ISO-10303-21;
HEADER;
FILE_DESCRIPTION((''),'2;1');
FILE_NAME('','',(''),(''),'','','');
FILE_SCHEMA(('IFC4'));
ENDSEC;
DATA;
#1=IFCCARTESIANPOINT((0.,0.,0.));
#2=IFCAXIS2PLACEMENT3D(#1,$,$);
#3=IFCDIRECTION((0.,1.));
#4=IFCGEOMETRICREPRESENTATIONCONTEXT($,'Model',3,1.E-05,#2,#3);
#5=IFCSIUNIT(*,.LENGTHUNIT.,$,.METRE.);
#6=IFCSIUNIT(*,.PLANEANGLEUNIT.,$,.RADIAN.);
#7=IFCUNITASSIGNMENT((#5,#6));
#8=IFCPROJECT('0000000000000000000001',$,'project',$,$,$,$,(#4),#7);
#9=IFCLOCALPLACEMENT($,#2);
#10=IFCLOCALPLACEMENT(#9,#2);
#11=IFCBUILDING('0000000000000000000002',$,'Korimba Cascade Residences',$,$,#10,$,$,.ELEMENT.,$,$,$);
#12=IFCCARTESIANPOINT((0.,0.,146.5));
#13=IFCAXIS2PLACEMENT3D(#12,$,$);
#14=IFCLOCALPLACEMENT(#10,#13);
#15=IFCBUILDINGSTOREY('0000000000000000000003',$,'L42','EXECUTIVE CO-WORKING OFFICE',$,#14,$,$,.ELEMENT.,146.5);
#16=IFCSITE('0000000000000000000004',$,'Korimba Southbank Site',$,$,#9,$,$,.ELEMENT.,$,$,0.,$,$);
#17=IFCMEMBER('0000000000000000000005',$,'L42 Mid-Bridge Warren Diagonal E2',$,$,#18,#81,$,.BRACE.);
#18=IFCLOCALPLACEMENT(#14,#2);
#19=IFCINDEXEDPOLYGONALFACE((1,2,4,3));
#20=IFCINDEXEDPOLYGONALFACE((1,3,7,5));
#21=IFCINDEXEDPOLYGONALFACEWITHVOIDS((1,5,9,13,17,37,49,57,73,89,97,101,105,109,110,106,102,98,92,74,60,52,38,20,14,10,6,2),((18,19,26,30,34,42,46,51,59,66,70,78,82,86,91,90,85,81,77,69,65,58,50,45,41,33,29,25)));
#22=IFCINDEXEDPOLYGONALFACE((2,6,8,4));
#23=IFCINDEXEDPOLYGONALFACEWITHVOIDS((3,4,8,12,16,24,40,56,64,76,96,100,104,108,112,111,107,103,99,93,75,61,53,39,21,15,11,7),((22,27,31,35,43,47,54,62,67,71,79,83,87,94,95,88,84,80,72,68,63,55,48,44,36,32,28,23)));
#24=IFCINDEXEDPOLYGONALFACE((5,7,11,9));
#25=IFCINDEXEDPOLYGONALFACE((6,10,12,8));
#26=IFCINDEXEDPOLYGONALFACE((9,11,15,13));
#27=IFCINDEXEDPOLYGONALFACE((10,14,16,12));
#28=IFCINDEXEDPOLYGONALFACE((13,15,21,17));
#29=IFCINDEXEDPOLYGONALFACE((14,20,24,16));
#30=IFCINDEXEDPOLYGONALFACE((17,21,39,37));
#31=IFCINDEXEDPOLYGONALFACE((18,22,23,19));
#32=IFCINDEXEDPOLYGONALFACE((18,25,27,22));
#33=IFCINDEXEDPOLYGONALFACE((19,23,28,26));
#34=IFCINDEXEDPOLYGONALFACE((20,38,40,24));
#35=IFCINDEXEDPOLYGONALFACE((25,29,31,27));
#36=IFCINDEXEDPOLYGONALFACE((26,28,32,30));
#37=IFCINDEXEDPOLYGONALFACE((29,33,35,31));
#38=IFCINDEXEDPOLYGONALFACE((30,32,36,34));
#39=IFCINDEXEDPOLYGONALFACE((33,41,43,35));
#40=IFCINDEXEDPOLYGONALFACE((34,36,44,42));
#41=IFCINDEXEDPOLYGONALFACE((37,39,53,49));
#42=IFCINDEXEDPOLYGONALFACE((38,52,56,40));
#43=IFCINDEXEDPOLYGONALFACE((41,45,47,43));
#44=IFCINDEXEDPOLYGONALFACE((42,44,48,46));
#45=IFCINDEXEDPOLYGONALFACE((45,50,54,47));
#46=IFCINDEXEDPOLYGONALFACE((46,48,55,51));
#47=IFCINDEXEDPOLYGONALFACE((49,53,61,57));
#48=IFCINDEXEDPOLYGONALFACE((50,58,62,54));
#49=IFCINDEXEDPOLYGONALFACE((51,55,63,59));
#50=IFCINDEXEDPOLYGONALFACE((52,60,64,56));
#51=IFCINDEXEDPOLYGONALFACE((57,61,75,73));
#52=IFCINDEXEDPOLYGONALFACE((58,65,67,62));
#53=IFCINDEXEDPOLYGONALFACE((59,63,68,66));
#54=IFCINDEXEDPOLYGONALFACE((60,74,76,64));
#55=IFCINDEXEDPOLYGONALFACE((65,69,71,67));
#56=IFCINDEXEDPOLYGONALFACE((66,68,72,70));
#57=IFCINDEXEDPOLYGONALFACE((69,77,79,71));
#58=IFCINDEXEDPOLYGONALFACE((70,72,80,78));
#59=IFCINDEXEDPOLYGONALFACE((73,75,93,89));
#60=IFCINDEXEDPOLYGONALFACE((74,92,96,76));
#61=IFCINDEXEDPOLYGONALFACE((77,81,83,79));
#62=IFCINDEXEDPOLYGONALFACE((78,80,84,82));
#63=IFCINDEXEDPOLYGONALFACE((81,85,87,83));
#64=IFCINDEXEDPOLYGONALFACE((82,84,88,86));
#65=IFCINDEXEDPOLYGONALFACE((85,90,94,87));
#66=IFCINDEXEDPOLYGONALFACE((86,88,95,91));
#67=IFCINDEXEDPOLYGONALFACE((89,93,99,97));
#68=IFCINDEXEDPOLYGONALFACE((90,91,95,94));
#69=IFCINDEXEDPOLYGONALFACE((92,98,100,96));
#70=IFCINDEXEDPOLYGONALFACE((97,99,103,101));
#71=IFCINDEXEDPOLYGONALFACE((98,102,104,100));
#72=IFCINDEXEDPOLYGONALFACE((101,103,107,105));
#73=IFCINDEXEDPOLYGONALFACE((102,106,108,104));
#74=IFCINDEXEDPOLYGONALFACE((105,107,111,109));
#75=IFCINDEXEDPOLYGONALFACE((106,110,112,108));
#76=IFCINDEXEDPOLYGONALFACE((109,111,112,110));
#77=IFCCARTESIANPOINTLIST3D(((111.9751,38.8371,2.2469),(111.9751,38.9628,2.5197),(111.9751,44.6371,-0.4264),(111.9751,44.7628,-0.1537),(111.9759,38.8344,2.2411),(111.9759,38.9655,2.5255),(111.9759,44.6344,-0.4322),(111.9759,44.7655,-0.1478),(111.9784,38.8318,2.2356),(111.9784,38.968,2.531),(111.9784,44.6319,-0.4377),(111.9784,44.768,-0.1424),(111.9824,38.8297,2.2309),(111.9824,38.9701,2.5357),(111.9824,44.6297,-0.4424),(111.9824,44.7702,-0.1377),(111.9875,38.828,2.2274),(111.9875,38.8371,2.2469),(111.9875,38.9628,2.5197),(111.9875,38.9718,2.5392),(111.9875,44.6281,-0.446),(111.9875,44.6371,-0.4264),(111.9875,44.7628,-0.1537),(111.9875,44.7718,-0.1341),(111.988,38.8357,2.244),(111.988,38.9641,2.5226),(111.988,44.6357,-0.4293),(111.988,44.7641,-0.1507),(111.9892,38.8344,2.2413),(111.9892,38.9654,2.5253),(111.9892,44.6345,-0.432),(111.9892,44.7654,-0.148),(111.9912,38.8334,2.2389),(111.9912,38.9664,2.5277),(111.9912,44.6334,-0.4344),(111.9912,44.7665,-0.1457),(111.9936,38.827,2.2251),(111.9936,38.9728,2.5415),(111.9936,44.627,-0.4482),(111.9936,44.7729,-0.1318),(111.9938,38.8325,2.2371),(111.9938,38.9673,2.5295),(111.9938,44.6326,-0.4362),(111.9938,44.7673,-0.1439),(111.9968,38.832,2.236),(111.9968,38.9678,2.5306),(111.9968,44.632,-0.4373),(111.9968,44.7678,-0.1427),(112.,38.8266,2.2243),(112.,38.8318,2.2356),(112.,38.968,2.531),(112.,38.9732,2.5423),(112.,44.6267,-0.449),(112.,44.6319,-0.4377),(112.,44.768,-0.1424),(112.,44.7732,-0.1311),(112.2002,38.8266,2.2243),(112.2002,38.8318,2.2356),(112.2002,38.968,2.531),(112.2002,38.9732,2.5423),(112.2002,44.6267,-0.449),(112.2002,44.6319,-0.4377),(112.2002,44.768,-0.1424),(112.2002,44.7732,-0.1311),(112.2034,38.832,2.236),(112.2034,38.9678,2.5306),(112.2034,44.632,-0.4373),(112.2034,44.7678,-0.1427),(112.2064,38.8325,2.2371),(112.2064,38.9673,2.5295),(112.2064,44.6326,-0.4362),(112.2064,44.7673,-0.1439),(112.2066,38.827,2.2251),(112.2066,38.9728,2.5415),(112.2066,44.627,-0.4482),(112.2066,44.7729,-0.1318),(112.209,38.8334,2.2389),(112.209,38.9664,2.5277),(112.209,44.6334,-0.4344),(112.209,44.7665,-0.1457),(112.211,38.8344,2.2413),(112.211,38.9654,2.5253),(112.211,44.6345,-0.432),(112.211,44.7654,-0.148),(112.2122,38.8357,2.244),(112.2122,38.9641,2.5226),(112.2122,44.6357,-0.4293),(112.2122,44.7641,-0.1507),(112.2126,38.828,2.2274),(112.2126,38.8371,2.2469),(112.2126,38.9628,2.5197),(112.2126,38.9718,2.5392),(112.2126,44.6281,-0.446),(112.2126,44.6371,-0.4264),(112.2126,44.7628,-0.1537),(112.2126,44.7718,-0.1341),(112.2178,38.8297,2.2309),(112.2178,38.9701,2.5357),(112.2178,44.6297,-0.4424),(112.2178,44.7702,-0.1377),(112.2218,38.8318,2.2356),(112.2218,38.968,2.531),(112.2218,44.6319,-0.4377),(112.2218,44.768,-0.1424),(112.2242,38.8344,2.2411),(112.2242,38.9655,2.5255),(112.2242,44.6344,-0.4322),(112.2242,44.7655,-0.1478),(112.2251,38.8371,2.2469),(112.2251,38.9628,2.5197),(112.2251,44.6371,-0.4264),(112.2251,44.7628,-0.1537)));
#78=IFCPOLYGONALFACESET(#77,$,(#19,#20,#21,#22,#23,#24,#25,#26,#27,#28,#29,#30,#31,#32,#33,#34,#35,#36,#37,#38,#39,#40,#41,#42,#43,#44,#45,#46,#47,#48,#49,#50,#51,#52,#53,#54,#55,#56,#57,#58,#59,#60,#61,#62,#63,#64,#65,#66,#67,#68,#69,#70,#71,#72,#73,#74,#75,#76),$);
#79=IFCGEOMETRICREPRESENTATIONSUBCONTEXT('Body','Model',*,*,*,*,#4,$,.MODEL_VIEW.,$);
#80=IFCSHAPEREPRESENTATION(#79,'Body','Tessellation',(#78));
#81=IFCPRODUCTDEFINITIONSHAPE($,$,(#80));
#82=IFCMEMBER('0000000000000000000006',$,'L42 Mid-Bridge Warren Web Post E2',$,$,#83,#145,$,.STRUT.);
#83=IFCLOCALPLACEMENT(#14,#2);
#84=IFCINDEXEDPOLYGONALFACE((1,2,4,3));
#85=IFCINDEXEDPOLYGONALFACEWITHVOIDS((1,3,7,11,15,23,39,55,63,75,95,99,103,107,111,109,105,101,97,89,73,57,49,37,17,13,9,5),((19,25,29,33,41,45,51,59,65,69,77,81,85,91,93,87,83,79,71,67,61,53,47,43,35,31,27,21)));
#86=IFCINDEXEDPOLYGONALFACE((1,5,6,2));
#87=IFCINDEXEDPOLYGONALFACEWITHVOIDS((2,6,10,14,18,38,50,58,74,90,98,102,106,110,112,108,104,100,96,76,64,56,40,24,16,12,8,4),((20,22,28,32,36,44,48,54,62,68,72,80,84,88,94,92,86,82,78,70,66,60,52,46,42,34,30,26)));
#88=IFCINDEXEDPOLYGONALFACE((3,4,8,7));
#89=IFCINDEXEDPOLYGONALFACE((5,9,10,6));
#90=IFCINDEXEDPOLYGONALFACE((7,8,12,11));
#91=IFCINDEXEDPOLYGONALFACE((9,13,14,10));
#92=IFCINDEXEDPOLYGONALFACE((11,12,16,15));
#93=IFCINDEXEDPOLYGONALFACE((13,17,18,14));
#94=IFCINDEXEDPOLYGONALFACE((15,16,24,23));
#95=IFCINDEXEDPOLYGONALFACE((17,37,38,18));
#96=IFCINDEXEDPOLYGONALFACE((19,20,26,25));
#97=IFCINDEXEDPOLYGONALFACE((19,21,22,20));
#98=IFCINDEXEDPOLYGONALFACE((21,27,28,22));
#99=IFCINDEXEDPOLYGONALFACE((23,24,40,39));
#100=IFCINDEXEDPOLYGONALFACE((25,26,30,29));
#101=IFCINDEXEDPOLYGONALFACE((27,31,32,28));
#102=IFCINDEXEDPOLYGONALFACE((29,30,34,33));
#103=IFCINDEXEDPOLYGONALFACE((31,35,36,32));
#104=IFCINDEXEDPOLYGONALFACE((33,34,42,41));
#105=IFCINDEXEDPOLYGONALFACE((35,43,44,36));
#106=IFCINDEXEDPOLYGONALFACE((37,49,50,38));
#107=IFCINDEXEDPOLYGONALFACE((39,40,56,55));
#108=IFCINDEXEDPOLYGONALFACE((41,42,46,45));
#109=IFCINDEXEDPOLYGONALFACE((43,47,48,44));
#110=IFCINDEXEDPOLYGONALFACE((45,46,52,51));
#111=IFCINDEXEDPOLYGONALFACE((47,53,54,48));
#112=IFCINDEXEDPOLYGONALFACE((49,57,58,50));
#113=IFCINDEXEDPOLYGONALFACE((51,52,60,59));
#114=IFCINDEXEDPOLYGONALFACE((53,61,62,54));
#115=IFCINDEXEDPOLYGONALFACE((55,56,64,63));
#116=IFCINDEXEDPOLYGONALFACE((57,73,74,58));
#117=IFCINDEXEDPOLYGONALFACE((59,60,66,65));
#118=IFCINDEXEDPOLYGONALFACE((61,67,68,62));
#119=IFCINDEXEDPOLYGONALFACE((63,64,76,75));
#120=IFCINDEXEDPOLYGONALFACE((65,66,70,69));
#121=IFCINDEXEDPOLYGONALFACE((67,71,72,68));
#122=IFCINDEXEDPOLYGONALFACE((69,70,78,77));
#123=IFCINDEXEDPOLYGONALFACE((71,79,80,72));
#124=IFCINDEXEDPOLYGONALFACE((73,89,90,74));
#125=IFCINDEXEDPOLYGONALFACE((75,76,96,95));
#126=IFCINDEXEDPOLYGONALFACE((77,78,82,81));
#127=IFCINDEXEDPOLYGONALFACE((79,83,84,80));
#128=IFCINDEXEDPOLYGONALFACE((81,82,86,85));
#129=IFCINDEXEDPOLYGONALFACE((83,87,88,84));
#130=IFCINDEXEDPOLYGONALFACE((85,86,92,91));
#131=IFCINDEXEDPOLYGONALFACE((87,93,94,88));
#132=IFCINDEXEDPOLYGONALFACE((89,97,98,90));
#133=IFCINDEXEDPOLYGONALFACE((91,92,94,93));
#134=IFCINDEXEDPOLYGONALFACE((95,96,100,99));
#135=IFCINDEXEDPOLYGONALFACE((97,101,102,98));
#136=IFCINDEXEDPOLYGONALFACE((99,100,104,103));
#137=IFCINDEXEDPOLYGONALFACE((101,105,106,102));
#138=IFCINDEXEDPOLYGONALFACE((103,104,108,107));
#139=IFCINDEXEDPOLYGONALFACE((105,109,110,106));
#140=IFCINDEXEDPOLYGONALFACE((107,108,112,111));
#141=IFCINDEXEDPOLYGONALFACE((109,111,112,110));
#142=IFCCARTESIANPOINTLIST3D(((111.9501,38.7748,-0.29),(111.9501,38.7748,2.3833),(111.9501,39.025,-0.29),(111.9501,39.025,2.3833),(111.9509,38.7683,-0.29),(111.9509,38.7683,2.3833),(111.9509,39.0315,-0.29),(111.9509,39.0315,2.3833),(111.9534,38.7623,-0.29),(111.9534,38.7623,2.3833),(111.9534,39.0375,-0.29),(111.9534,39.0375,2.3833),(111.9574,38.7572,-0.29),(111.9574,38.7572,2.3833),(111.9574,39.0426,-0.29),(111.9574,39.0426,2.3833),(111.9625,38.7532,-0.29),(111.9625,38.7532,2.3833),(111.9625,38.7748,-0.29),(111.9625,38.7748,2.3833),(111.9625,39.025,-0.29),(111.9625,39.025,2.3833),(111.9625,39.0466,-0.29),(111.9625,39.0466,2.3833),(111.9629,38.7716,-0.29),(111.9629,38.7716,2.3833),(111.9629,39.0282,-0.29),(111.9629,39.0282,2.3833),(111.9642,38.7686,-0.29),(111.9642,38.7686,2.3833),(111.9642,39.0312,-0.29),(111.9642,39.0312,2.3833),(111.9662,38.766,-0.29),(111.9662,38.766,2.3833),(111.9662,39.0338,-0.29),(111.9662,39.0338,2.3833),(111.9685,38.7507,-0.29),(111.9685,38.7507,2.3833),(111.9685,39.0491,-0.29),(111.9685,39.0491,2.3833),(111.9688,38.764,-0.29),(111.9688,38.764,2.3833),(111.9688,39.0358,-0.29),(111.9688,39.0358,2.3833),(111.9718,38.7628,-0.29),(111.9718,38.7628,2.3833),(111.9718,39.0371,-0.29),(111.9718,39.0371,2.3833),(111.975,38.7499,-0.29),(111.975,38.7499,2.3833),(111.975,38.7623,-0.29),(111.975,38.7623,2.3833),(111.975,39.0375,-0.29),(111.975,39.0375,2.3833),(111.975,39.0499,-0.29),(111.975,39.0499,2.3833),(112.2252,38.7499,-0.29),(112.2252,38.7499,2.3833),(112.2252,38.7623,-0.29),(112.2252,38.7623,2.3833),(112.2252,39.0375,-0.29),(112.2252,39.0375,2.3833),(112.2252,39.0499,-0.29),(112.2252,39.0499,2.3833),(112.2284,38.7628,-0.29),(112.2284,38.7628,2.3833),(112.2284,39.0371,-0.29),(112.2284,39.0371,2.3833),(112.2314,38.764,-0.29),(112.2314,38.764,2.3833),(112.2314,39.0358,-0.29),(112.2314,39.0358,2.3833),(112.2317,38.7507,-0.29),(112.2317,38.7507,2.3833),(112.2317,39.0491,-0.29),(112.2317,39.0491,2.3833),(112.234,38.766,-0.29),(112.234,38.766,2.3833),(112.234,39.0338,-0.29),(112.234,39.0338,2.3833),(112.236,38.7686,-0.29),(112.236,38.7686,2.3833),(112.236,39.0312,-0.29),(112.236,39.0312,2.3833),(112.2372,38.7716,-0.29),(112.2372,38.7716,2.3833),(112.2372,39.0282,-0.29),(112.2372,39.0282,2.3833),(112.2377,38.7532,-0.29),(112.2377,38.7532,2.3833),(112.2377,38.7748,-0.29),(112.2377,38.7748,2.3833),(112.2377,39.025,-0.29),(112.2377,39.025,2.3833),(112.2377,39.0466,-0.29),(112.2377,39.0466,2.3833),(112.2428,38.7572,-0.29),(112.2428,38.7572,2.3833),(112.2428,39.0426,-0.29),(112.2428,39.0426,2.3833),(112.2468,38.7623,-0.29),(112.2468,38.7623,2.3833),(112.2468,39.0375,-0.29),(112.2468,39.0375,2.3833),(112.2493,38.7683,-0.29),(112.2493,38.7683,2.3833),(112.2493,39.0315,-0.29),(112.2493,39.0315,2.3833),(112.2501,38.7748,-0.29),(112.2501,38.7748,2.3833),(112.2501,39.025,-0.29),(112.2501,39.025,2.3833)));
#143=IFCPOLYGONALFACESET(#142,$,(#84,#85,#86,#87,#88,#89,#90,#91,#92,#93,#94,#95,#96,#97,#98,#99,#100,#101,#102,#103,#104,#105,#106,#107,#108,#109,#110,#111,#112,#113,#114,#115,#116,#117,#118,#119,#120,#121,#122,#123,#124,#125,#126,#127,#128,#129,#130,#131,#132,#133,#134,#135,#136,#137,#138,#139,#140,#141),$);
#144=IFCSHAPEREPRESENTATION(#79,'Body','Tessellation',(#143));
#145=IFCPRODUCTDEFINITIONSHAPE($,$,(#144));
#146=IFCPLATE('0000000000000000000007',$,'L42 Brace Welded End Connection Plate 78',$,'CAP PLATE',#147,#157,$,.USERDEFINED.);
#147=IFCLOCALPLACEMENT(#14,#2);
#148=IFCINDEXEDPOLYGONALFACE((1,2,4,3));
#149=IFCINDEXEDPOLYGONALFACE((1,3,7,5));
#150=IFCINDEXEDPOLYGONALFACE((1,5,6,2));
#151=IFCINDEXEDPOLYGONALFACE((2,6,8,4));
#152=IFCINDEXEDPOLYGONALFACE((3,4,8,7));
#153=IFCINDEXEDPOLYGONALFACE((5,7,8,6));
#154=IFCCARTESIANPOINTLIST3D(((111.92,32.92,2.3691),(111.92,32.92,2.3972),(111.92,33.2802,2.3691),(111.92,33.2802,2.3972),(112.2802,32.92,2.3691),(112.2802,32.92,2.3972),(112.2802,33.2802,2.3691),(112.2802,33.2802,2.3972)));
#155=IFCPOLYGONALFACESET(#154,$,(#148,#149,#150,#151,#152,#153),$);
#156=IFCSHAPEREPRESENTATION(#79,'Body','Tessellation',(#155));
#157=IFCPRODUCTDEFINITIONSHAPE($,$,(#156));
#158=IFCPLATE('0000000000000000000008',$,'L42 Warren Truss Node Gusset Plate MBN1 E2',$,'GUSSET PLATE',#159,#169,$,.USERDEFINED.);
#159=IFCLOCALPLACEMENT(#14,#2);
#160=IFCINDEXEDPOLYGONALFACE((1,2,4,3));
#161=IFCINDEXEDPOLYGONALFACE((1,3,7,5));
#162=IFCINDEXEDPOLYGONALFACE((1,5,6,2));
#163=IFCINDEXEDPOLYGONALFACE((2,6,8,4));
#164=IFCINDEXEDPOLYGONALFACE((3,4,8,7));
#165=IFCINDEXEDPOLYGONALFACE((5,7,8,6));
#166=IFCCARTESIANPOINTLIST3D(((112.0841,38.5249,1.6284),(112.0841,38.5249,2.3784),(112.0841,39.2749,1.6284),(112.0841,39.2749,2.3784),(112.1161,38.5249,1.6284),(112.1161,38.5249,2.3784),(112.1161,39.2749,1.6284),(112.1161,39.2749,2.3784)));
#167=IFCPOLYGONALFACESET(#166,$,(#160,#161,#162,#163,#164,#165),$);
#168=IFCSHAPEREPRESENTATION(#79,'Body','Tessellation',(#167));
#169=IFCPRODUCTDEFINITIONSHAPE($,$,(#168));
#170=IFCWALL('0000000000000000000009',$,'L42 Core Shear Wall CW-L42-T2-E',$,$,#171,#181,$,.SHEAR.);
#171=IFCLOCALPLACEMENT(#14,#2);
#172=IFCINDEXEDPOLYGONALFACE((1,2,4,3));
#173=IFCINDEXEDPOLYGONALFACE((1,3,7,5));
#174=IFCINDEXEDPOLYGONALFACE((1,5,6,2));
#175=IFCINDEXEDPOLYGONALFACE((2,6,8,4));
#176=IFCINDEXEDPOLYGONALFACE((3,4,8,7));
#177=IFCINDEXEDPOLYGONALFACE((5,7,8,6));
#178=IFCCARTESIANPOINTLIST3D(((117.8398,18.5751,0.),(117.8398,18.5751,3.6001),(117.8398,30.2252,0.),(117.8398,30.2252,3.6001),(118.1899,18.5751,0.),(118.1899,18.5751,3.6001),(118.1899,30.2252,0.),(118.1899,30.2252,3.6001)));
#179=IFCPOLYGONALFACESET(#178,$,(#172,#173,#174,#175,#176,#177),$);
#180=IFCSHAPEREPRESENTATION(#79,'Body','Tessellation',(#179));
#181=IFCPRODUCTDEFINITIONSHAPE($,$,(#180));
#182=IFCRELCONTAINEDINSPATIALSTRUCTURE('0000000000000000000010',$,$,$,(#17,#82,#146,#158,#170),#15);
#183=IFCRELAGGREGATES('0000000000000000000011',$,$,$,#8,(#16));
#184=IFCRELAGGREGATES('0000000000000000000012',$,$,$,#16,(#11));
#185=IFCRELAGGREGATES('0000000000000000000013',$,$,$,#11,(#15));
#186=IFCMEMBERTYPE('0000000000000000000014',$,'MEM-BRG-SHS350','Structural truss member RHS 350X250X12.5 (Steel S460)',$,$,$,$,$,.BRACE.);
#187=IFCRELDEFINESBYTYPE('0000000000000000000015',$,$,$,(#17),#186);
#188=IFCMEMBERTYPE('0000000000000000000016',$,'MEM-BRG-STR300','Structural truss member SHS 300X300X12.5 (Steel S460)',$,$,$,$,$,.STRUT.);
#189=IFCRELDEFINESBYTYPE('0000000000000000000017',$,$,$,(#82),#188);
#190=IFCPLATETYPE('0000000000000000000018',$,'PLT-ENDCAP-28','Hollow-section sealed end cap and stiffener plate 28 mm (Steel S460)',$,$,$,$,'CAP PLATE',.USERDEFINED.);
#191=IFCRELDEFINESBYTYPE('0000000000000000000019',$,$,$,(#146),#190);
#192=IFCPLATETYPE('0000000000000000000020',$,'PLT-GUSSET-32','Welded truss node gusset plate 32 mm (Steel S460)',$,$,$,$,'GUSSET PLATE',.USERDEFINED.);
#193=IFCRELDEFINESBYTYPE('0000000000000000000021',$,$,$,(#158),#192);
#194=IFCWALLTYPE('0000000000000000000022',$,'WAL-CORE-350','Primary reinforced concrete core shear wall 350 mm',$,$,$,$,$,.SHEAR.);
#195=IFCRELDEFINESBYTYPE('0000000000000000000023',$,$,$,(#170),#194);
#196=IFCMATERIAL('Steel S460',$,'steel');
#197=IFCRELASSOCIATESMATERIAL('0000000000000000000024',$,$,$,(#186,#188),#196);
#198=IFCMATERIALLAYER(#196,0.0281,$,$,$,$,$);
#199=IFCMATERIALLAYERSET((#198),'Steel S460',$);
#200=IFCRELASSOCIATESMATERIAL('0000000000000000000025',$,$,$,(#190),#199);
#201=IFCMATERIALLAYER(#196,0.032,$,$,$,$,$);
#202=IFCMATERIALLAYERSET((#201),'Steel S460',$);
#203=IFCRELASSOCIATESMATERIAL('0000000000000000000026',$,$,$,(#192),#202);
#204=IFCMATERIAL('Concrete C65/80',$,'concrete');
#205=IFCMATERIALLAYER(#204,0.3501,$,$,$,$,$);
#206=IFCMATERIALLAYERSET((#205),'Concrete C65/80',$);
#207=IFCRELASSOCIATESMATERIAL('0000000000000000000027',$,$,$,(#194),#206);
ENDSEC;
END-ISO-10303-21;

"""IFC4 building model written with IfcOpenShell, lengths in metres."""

from ifc_helpers import new_model, si_unit, direction, frame, frame_2d, origin, origin_2d, place, context, subcontext, project, spatial, rectangle, hollow_rectangle, extrude, material, layer, layer_set, material_profile, profile_set, type_object, element, save


model = new_model("IFC4")

# Units and contexts
model_context = context("Model", 3, precision=1e-05, world=origin(), true_north=direction((0.0, 1.0)))
body_context = subcontext(model_context, "Body", "Model", "MODEL_VIEW")
ifc_project = project(units=[si_unit("LENGTHUNIT", "METRE"), si_unit("PLANEANGLEUNIT", "RADIAN")], contexts=[model_context])

# Site, building, storey
site_placement = place(None, origin())
site = spatial("IfcSite", under=ifc_project, at=site_placement, Name="Korimba Southbank Site", CompositionType="ELEMENT", RefElevation=0.0)
building_placement = place(site_placement, origin())
building = spatial("IfcBuilding", under=site, at=building_placement, Name="Korimba Cascade Residences", CompositionType="ELEMENT")
storey_placement = place(building_placement, frame((0.0, 0.0, 146.5)))
storey = spatial("IfcBuildingStorey", under=building, at=storey_placement, Name="L42", Description="EXECUTIVE CO-WORKING OFFICE", CompositionType="ELEMENT", Elevation=146.5)

# Members
ifc_material_1 = material(Name="Steel S460", Category="steel")
ifc_material_profile_1 = material_profile(ifc_material_1, hollow_rectangle(XDim=0.25, YDim=0.3501, WallThickness=0.0125, InnerFilletRadius=0.0125, OuterFilletRadius=0.0249, at=origin_2d()), Name="Steel S460")
ifc_profile_set_1 = profile_set([ifc_material_profile_1], Name="Steel S460")
member_type_1 = type_object("IfcMemberType", Name="MEM-BRG-SHS350", Description="Structural truss member RHS 350X250X12.5 (Steel S460)", PredefinedType="BRACE", material=ifc_profile_set_1)
member_1_placement = place(storey_placement, frame((112.1001, 38.8999, 2.3833), z_axis=(0.0, 0.908174, -0.418593), x_axis=(-1.0, 0.0, 0.0)))
element("IfcMember", 1, at=member_1_placement, inside=storey, type_object=member_type_1, Name="L42 Mid-Bridge Warren Diagonal E2", PredefinedType="BRACE", context=body_context, shape_type="SweptSolid", body=[
    extrude(hollow_rectangle(XDim=0.25, YDim=0.3501, WallThickness=0.0125, InnerFilletRadius=0.0125, OuterFilletRadius=0.0249, at=origin_2d()), origin(), (0.0, 0.0, 1.0), 6.3865),
])
ifc_material_profile_2 = material_profile(ifc_material_1, hollow_rectangle(XDim=0.3, YDim=0.3, WallThickness=0.0125, InnerFilletRadius=0.0125, OuterFilletRadius=0.0249, at=origin_2d()), Name="Steel S460")
ifc_profile_set_2 = profile_set([ifc_material_profile_2], Name="Steel S460")
member_type_2 = type_object("IfcMemberType", Name="MEM-BRG-STR300", Description="Structural truss member SHS 300X300X12.5 (Steel S460)", PredefinedType="STRUT", material=ifc_profile_set_2)
member_2_placement = place(storey_placement, frame((112.1001, 38.8999, -0.29), z_axis=(0.0, 0.0, 1.0), x_axis=(1.0, 0.0, 0.0)))
element("IfcMember", 2, at=member_2_placement, inside=storey, type_object=member_type_2, Name="L42 Mid-Bridge Warren Web Post E2", PredefinedType="STRUT", context=body_context, shape_type="SweptSolid", body=[
    extrude(hollow_rectangle(XDim=0.3, YDim=0.3, WallThickness=0.0125, InnerFilletRadius=0.0125, OuterFilletRadius=0.0249, at=origin_2d()), origin(), (0.0, 0.0, 1.0), 2.6733),
])

# Plates
ifc_layer_1 = layer(ifc_material_1, 0.0281)
ifc_layer_set_1 = layer_set([ifc_layer_1], Name="Steel S460")
plate_type_1 = type_object("IfcPlateType", Name="PLT-ENDCAP-28", Description="Hollow-section sealed end cap and stiffener plate 28 mm (Steel S460)", ElementType="CAP PLATE", PredefinedType="USERDEFINED", material=ifc_layer_set_1)
plate_1_placement = place(storey_placement, frame((112.1001, 33.1001, 2.3691), z_axis=(0.0, 0.0, 1.0), x_axis=(1.0, 0.0, 0.0)))
element("IfcPlate", 3, at=plate_1_placement, inside=storey, type_object=plate_type_1, Name="L42 Brace Welded End Connection Plate 78", ObjectType="CAP PLATE", PredefinedType="USERDEFINED", context=body_context, shape_type="SweptSolid", body=[
    extrude(rectangle(XDim=0.3601, YDim=0.3601, at=origin_2d()), origin(), (0.0, 0.0, 1.0), 0.0281),
])
ifc_layer_2 = layer(ifc_material_1, 0.032)
ifc_layer_set_2 = layer_set([ifc_layer_2], Name="Steel S460")
plate_type_2 = type_object("IfcPlateType", Name="PLT-GUSSET-32", Description="Welded truss node gusset plate 32 mm (Steel S460)", ElementType="GUSSET PLATE", PredefinedType="USERDEFINED", material=ifc_layer_set_2)
plate_2_placement = place(storey_placement, frame((112.1001, 38.8999, 1.6284), z_axis=(0.0, 0.0, 1.0), x_axis=(1.0, 0.0, 0.0)))
element("IfcPlate", 4, at=plate_2_placement, inside=storey, type_object=plate_type_2, Name="L42 Warren Truss Node Gusset Plate MBN1 E2", ObjectType="GUSSET PLATE", PredefinedType="USERDEFINED", context=body_context, shape_type="SweptSolid", body=[
    extrude(rectangle(XDim=0.032, YDim=0.75, at=origin_2d()), origin(), (0.0, 0.0, 1.0), 0.75),
])

# Wall
ifc_material_2 = material(Name="Concrete C65/80", Category="concrete")
ifc_layer_3 = layer(ifc_material_2, 0.3501)
ifc_layer_set_3 = layer_set([ifc_layer_3], Name="Concrete C65/80")
wall_type_1 = type_object("IfcWallType", Name="WAL-CORE-350", Description="Primary reinforced concrete core shear wall 350 mm", PredefinedType="SHEAR", material=ifc_layer_set_3)
wall_1_placement = place(storey_placement, frame((118.0149, 18.575, 0.0), z_axis=(0.0, 0.0, 1.0), x_axis=(0.0, 1.0, 0.0)))
element("IfcWall", 5, at=wall_1_placement, inside=storey, type_object=wall_type_1, Name="L42 Core Shear Wall CW-L42-T2-E", PredefinedType="SHEAR", context=body_context, shape_type="SweptSolid", body=[
    extrude(rectangle(XDim=11.6501, YDim=0.3501, at=frame_2d((5.8252, 0.0))), origin(), (0.0, 0.0, 1.0), 3.6001),
])

save(model, "model.ifc")
